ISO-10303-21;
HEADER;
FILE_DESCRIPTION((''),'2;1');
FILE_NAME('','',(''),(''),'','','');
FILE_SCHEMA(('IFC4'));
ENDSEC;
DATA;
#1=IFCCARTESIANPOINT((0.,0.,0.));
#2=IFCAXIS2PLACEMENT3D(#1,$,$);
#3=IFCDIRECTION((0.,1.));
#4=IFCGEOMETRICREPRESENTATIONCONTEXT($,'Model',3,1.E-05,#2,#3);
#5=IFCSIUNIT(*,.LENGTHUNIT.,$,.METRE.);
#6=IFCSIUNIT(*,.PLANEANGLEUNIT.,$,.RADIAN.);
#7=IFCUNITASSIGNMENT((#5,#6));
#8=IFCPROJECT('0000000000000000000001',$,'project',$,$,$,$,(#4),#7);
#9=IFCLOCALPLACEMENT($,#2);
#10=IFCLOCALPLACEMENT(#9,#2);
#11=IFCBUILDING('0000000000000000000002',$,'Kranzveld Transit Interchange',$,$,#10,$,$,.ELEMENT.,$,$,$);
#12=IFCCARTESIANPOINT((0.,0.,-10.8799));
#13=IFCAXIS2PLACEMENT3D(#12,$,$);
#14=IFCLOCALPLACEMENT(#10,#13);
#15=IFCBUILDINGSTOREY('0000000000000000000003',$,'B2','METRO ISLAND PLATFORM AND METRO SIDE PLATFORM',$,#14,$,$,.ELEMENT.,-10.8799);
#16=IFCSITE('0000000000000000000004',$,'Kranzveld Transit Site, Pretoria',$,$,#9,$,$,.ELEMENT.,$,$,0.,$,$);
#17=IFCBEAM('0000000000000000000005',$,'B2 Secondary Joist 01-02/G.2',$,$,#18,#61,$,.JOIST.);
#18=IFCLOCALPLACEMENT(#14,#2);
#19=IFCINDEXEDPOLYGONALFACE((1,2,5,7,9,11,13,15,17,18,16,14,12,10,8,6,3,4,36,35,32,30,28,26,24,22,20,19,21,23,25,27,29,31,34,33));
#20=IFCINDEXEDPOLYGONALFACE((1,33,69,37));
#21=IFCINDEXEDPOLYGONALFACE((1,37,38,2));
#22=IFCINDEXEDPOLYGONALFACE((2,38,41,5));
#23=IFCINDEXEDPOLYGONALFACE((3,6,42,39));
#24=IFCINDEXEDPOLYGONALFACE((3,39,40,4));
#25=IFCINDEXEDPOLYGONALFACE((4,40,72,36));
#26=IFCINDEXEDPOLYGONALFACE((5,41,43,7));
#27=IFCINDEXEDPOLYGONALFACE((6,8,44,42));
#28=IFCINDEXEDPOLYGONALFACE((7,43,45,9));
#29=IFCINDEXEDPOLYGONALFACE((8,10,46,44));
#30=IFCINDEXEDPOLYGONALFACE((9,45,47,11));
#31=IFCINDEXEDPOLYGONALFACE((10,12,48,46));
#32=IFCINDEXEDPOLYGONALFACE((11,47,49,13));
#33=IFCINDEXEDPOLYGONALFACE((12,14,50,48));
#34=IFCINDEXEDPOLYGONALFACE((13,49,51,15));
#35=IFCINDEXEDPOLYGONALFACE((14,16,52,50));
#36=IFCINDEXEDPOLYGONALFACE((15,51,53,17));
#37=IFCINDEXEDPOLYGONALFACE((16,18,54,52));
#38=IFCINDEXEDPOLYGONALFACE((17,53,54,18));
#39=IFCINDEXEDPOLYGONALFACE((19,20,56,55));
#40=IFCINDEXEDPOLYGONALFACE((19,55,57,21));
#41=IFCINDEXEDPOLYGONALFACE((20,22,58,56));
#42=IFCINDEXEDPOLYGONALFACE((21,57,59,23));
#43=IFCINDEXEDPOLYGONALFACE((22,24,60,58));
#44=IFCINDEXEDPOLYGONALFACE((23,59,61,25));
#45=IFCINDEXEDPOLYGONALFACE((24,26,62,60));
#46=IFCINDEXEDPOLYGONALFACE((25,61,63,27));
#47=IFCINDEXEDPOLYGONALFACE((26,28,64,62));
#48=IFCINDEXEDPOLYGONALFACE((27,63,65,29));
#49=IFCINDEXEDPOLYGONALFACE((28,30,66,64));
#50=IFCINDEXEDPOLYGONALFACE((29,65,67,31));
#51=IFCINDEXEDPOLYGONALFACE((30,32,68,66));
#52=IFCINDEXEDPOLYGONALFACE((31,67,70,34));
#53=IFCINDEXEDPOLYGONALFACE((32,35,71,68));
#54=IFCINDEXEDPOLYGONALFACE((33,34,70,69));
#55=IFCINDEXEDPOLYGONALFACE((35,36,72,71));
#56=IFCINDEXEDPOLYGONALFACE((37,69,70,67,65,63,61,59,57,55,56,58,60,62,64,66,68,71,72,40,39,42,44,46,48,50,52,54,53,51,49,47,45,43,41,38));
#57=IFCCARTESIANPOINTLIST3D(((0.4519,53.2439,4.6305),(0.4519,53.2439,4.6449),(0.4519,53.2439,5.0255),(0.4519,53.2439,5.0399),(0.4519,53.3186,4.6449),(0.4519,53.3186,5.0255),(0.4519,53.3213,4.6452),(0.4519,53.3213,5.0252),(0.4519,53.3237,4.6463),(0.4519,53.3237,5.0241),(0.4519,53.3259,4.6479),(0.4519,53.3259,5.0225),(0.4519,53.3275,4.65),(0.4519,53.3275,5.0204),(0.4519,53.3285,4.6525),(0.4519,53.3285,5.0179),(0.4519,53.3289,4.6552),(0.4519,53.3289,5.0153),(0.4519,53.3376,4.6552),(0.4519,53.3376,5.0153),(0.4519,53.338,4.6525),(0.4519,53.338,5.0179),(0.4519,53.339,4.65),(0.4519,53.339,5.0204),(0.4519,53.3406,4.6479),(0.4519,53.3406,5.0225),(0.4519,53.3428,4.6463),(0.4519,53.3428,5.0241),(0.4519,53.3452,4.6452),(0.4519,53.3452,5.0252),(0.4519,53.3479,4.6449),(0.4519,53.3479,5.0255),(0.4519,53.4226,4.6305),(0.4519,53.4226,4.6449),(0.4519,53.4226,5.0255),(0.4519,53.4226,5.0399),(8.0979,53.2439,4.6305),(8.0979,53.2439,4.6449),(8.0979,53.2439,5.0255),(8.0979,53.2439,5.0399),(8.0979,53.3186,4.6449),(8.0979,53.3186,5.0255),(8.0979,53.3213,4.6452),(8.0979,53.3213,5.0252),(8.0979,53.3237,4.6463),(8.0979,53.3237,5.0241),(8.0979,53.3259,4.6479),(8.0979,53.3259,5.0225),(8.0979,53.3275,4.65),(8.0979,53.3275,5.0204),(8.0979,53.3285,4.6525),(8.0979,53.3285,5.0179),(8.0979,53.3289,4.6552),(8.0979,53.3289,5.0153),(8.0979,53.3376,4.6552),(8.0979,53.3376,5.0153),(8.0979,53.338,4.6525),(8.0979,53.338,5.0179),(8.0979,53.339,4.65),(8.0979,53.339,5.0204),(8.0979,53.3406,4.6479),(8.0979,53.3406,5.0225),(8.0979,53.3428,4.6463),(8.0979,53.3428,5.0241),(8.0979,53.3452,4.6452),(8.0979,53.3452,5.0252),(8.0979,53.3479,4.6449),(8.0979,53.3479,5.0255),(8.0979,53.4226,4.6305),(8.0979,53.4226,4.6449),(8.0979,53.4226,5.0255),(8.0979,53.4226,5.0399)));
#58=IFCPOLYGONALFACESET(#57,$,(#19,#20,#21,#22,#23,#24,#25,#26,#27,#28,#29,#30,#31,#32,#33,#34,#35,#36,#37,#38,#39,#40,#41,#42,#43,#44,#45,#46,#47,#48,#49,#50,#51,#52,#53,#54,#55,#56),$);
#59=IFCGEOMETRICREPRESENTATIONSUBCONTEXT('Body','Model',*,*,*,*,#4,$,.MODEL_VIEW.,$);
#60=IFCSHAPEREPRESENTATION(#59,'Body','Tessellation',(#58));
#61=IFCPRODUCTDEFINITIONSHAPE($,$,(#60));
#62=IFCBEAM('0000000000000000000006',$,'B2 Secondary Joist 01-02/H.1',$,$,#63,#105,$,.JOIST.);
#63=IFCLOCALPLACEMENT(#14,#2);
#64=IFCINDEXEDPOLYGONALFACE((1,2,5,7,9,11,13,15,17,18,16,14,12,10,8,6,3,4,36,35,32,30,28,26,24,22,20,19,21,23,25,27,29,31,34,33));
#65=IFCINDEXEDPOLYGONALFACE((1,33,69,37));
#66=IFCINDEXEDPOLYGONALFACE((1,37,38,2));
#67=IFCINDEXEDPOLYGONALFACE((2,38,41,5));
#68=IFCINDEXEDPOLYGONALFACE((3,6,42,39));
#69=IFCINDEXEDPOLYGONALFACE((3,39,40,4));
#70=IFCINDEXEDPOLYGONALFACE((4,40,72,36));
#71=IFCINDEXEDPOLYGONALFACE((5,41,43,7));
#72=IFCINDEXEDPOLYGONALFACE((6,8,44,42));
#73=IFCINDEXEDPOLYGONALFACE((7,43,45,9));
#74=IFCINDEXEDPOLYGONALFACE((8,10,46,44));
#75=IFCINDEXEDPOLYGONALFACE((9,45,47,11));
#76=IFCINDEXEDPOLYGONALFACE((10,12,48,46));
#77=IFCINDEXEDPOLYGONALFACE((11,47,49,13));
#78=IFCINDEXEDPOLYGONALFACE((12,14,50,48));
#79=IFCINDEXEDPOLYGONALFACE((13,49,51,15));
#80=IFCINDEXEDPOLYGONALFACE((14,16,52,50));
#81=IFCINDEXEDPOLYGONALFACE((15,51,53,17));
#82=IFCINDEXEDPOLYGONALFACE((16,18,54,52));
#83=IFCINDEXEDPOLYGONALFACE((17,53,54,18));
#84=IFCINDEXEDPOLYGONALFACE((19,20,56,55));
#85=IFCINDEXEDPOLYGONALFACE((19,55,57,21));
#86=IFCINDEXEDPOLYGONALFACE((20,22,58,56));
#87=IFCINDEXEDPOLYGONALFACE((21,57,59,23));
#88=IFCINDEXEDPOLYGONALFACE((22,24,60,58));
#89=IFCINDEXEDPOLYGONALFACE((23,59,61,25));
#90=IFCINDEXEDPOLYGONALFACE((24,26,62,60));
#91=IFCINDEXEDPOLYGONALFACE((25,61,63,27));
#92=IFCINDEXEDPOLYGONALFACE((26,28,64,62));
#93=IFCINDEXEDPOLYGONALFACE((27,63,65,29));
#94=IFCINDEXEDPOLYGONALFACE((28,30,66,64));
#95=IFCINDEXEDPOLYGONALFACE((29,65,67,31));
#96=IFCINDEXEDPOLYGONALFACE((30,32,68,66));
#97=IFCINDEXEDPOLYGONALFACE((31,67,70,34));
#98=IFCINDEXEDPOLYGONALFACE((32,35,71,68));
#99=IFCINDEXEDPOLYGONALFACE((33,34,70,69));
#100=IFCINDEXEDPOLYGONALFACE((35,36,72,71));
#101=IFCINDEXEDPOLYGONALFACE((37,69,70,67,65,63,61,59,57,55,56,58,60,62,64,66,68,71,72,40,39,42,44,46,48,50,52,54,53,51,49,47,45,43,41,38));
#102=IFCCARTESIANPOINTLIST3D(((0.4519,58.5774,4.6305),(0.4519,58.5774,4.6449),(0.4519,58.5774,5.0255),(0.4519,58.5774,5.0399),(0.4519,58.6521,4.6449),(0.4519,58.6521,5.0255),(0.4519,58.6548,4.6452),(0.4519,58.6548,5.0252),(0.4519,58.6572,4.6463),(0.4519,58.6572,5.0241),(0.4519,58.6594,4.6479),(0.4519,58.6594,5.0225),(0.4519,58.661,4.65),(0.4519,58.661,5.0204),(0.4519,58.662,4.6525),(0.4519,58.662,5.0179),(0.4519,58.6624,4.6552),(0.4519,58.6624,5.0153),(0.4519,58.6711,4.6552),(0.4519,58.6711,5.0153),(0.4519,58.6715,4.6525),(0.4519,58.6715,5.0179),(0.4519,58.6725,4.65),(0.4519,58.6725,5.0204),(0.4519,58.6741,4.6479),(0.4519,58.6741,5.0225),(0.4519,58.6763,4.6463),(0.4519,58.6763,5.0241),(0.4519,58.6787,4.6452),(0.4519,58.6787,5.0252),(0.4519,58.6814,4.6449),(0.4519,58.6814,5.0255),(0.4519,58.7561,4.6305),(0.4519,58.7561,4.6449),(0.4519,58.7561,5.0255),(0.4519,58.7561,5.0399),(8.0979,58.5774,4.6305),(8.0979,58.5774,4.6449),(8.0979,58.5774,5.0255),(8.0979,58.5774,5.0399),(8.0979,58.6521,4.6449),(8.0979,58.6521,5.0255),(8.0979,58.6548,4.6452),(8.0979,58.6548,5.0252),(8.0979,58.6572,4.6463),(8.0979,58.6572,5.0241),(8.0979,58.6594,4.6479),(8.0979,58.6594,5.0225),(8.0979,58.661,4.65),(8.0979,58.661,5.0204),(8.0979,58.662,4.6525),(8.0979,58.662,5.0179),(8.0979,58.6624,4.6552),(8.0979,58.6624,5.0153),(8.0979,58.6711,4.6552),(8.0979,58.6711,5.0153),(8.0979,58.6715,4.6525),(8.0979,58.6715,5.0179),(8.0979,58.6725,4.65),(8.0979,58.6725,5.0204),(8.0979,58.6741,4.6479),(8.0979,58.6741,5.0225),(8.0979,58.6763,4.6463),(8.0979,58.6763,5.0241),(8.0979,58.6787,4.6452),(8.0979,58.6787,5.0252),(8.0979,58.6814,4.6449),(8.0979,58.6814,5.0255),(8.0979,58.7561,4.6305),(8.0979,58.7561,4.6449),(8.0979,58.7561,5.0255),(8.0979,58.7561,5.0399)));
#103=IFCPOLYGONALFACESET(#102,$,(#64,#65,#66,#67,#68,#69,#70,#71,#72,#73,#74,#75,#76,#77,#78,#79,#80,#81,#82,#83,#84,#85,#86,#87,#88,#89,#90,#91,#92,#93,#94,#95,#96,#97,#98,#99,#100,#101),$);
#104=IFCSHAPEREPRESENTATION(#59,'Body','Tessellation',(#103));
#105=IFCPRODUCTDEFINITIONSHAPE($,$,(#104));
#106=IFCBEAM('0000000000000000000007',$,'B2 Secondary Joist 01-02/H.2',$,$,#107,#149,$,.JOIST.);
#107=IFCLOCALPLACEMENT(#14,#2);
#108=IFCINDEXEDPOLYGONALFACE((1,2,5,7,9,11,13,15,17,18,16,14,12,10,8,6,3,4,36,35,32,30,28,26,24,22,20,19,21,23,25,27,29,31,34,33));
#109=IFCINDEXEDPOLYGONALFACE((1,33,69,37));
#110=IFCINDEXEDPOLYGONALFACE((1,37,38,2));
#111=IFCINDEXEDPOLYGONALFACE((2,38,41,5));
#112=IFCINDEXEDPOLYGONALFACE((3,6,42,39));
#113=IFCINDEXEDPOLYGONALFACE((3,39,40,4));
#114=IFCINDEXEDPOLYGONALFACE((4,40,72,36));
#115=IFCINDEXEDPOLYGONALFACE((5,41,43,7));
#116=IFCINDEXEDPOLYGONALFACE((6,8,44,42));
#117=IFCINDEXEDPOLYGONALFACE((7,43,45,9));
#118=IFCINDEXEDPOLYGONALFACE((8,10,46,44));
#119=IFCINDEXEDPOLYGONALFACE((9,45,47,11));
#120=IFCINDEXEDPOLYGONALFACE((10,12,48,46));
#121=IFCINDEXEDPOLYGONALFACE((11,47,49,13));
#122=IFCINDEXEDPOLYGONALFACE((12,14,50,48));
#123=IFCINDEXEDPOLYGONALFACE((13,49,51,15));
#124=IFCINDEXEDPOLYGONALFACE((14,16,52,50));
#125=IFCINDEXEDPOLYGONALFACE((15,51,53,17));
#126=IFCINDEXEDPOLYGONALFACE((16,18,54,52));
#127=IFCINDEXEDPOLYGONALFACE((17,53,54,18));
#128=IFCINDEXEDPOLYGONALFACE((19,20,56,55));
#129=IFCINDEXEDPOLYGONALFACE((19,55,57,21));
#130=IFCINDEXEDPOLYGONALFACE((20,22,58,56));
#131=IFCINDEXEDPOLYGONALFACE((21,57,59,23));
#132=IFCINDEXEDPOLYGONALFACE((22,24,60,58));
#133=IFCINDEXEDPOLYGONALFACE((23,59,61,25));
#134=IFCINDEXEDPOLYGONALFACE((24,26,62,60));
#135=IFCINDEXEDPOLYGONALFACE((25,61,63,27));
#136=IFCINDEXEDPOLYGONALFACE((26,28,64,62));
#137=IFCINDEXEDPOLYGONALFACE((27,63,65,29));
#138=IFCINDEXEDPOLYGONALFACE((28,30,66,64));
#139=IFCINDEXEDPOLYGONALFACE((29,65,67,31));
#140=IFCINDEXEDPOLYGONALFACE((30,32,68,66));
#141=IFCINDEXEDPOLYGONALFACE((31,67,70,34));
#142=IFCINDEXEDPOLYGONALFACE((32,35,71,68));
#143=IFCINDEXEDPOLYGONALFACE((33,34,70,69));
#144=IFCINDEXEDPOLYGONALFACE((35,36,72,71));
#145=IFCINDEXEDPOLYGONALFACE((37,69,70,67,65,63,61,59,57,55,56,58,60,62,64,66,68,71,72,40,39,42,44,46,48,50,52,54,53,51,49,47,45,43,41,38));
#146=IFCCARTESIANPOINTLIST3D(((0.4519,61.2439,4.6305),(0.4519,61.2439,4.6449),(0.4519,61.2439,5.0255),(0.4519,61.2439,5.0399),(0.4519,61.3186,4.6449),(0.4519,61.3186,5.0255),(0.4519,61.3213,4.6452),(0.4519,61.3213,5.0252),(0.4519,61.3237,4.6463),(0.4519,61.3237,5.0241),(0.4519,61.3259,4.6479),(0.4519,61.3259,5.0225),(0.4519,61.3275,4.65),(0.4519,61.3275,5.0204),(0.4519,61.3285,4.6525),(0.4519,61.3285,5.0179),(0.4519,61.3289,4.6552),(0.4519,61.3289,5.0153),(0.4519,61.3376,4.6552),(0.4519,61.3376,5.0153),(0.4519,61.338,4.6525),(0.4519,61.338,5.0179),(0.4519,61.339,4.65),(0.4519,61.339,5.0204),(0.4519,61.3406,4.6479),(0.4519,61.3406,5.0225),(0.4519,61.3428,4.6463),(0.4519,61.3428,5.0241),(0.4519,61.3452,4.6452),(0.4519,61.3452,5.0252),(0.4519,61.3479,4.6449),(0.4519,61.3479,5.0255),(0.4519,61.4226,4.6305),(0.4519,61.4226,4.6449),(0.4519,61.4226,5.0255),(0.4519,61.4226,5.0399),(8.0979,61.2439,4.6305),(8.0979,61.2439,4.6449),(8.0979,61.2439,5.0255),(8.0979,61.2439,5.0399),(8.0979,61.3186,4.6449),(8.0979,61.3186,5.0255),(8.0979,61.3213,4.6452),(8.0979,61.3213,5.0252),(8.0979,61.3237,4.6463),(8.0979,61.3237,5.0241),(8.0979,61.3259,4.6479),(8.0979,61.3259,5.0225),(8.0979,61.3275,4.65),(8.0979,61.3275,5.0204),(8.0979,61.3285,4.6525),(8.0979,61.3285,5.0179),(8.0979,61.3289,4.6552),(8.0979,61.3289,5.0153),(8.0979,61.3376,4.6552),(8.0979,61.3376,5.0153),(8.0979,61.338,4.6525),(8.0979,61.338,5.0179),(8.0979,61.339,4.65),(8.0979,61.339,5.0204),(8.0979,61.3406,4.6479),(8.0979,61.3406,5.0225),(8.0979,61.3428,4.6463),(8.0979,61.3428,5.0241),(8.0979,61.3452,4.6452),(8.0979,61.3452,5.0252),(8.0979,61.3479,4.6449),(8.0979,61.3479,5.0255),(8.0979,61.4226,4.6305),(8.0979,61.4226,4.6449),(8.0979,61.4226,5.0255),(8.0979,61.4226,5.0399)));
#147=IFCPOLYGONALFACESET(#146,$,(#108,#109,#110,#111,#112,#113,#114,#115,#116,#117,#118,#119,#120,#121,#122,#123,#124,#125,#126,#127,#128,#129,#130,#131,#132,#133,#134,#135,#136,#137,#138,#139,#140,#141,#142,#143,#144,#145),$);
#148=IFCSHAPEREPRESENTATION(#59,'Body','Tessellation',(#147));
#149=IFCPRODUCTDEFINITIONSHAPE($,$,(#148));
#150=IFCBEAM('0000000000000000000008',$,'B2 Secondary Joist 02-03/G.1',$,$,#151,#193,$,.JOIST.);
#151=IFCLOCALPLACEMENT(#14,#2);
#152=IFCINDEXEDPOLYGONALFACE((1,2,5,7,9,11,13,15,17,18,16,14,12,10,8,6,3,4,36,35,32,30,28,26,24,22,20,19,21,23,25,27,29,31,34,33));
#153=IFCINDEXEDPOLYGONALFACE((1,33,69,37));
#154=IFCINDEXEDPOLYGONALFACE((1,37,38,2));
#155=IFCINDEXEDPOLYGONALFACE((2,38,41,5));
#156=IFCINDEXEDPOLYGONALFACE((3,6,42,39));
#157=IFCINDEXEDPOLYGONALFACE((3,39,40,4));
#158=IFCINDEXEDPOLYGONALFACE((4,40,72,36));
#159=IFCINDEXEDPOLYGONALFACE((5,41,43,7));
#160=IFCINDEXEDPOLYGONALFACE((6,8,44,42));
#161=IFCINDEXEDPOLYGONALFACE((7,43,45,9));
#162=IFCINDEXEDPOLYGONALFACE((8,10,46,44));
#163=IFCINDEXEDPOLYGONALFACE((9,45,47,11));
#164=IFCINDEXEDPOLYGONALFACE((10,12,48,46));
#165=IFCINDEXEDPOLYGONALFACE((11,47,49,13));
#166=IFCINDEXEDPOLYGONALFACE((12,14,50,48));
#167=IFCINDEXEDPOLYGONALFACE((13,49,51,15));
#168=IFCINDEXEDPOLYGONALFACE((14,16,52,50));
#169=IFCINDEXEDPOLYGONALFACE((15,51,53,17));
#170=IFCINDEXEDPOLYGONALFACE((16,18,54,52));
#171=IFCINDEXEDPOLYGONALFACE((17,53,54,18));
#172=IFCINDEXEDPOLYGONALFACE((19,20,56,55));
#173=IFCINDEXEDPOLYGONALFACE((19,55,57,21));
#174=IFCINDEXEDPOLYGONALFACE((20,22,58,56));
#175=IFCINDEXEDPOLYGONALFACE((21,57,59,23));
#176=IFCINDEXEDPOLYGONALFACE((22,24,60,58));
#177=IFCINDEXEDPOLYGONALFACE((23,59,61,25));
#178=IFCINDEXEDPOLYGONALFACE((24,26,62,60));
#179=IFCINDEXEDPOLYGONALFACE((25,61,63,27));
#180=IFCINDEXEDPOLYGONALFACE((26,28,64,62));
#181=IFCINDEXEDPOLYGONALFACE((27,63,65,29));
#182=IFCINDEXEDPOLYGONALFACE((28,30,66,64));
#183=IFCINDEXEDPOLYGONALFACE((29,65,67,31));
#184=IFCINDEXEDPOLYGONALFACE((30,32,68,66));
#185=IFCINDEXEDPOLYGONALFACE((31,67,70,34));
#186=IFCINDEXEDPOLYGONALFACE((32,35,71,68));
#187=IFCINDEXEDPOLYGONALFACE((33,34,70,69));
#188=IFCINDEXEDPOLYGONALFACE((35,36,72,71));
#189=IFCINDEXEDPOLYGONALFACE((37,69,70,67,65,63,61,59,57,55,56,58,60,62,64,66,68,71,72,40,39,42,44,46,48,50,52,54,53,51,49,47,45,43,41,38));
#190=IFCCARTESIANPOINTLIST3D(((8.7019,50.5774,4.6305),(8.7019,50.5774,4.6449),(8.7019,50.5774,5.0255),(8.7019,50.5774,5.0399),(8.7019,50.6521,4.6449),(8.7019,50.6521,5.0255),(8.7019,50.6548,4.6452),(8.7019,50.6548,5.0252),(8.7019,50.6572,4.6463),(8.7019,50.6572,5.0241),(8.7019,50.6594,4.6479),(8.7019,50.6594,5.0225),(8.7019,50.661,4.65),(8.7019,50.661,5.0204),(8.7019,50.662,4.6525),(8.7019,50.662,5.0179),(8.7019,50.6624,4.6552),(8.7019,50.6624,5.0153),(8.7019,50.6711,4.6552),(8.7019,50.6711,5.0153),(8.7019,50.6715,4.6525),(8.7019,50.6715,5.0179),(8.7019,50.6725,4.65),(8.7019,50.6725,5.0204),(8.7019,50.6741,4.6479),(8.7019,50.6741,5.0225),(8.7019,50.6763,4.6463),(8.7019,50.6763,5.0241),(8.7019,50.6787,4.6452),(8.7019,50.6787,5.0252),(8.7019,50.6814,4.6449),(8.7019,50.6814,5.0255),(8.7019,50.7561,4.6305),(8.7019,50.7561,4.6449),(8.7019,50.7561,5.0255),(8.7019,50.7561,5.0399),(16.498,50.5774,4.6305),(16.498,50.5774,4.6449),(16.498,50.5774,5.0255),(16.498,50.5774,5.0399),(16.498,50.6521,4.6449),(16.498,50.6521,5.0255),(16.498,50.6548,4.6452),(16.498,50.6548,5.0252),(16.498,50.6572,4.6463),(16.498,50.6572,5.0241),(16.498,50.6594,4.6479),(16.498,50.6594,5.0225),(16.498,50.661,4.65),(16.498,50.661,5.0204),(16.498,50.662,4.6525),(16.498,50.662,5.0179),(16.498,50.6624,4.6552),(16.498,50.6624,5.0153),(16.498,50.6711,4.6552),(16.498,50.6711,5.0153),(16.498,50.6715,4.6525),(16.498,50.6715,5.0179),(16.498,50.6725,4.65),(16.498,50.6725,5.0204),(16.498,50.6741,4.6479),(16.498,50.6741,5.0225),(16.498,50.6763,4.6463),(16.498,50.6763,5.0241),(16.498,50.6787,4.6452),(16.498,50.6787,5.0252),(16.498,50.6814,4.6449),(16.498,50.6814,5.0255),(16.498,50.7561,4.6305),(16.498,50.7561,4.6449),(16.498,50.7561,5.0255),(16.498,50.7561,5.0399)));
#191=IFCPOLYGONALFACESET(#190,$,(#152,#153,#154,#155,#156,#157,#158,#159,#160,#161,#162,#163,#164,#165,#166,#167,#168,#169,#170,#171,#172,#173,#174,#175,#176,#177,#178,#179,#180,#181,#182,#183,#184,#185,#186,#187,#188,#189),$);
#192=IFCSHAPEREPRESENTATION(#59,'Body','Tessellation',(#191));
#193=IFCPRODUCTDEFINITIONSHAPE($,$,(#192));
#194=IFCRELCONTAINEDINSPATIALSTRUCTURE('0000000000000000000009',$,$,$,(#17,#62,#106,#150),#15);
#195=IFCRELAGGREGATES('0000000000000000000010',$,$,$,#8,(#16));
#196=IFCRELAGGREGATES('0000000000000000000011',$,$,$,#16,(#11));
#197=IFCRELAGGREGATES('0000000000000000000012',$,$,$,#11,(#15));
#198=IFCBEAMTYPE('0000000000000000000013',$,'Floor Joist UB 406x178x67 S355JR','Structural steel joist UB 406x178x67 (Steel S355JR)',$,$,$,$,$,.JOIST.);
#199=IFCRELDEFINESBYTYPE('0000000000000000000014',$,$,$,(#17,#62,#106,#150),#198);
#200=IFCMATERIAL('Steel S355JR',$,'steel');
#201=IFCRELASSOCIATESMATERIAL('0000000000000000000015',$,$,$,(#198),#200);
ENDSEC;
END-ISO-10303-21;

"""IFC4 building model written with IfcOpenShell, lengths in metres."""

from ifc_helpers import new_model, si_unit, direction, frame, origin, origin_2d, place, context, subcontext, project, spatial, i_section, extrude, material, material_profile, profile_set, type_object, element, save


model = new_model("IFC4")

# Units and contexts
model_context = context("Model", 3, precision=1e-05, world=origin(), true_north=direction((0.0, 1.0)))
body_context = subcontext(model_context, "Body", "Model", "MODEL_VIEW")
ifc_project = project(units=[si_unit("LENGTHUNIT", "METRE"), si_unit("PLANEANGLEUNIT", "RADIAN")], contexts=[model_context])

# Site, building, storey
site_placement = place(None, origin())
site = spatial("IfcSite", under=ifc_project, at=site_placement, Name="Kranzveld Transit Site, Pretoria", CompositionType="ELEMENT", RefElevation=0.0)
building_placement = place(site_placement, origin())
building = spatial("IfcBuilding", under=site, at=building_placement, Name="Kranzveld Transit Interchange", CompositionType="ELEMENT")
storey_placement = place(building_placement, frame((0.0, 0.0, -10.8799)))
storey = spatial("IfcBuildingStorey", under=building, at=storey_placement, Name="B2", Description="METRO ISLAND PLATFORM AND METRO SIDE PLATFORM", CompositionType="ELEMENT", Elevation=-10.8799)

# Beams
ifc_material_1 = material(Name="Steel S355JR", Category="steel")
ifc_material_profile_1 = material_profile(ifc_material_1, i_section(OverallWidth=0.1787, OverallDepth=0.4094, WebThickness=0.0088, FlangeThickness=0.0144, FilletRadius=0.0103, at=origin_2d()), Name="UB 406x178x67")
ifc_profile_set_1 = profile_set([ifc_material_profile_1], Name="Steel S355JR")
beam_type_1 = type_object("IfcBeamType", Name="Floor Joist UB 406x178x67 S355JR", Description="Structural steel joist UB 406x178x67 (Steel S355JR)", PredefinedType="JOIST", material=ifc_profile_set_1)
for number, where, z_axis, x_axis, name in (
    (1, (0.4519, 53.3333, 4.8352), (1.0, 0.0, 0.0), (0.0, 1.0, 0.0), "B2 Secondary Joist 01-02/G.2"),
    (2, (0.4519, 58.6667, 4.8352), (1.0, 0.0, 0.0), (0.0, 1.0, 0.0), "B2 Secondary Joist 01-02/H.1"),
    (3, (0.4519, 61.3333, 4.8352), (1.0, 0.0, 0.0), (0.0, 1.0, 0.0), "B2 Secondary Joist 01-02/H.2"),
):
    element("IfcBeam", number, at=place(storey_placement, frame(where, z_axis=z_axis, x_axis=x_axis)), inside=storey, type_object=beam_type_1, Name=name, PredefinedType="JOIST", context=body_context, shape_type="SweptSolid", body=[
        extrude(i_section(OverallWidth=0.1787, OverallDepth=0.4094, WebThickness=0.0088, FlangeThickness=0.0144, FilletRadius=0.0103, at=origin_2d()), origin(), (0.0, 0.0, 1.0), 7.646),
    ])
for number, where, z_axis, x_axis, name in (
    (4, (8.7019, 50.6667, 4.8352), (1.0, 0.0, 0.0), (0.0, 1.0, 0.0), "B2 Secondary Joist 02-03/G.1"),
):
    element("IfcBeam", number, at=place(storey_placement, frame(where, z_axis=z_axis, x_axis=x_axis)), inside=storey, type_object=beam_type_1, Name=name, PredefinedType="JOIST", context=body_context, shape_type="SweptSolid", body=[
        extrude(i_section(OverallWidth=0.1787, OverallDepth=0.4094, WebThickness=0.0088, FlangeThickness=0.0144, FilletRadius=0.0103, at=origin_2d()), origin(), (0.0, 0.0, 1.0), 7.7961),
    ])

save(model, "model.ifc")
